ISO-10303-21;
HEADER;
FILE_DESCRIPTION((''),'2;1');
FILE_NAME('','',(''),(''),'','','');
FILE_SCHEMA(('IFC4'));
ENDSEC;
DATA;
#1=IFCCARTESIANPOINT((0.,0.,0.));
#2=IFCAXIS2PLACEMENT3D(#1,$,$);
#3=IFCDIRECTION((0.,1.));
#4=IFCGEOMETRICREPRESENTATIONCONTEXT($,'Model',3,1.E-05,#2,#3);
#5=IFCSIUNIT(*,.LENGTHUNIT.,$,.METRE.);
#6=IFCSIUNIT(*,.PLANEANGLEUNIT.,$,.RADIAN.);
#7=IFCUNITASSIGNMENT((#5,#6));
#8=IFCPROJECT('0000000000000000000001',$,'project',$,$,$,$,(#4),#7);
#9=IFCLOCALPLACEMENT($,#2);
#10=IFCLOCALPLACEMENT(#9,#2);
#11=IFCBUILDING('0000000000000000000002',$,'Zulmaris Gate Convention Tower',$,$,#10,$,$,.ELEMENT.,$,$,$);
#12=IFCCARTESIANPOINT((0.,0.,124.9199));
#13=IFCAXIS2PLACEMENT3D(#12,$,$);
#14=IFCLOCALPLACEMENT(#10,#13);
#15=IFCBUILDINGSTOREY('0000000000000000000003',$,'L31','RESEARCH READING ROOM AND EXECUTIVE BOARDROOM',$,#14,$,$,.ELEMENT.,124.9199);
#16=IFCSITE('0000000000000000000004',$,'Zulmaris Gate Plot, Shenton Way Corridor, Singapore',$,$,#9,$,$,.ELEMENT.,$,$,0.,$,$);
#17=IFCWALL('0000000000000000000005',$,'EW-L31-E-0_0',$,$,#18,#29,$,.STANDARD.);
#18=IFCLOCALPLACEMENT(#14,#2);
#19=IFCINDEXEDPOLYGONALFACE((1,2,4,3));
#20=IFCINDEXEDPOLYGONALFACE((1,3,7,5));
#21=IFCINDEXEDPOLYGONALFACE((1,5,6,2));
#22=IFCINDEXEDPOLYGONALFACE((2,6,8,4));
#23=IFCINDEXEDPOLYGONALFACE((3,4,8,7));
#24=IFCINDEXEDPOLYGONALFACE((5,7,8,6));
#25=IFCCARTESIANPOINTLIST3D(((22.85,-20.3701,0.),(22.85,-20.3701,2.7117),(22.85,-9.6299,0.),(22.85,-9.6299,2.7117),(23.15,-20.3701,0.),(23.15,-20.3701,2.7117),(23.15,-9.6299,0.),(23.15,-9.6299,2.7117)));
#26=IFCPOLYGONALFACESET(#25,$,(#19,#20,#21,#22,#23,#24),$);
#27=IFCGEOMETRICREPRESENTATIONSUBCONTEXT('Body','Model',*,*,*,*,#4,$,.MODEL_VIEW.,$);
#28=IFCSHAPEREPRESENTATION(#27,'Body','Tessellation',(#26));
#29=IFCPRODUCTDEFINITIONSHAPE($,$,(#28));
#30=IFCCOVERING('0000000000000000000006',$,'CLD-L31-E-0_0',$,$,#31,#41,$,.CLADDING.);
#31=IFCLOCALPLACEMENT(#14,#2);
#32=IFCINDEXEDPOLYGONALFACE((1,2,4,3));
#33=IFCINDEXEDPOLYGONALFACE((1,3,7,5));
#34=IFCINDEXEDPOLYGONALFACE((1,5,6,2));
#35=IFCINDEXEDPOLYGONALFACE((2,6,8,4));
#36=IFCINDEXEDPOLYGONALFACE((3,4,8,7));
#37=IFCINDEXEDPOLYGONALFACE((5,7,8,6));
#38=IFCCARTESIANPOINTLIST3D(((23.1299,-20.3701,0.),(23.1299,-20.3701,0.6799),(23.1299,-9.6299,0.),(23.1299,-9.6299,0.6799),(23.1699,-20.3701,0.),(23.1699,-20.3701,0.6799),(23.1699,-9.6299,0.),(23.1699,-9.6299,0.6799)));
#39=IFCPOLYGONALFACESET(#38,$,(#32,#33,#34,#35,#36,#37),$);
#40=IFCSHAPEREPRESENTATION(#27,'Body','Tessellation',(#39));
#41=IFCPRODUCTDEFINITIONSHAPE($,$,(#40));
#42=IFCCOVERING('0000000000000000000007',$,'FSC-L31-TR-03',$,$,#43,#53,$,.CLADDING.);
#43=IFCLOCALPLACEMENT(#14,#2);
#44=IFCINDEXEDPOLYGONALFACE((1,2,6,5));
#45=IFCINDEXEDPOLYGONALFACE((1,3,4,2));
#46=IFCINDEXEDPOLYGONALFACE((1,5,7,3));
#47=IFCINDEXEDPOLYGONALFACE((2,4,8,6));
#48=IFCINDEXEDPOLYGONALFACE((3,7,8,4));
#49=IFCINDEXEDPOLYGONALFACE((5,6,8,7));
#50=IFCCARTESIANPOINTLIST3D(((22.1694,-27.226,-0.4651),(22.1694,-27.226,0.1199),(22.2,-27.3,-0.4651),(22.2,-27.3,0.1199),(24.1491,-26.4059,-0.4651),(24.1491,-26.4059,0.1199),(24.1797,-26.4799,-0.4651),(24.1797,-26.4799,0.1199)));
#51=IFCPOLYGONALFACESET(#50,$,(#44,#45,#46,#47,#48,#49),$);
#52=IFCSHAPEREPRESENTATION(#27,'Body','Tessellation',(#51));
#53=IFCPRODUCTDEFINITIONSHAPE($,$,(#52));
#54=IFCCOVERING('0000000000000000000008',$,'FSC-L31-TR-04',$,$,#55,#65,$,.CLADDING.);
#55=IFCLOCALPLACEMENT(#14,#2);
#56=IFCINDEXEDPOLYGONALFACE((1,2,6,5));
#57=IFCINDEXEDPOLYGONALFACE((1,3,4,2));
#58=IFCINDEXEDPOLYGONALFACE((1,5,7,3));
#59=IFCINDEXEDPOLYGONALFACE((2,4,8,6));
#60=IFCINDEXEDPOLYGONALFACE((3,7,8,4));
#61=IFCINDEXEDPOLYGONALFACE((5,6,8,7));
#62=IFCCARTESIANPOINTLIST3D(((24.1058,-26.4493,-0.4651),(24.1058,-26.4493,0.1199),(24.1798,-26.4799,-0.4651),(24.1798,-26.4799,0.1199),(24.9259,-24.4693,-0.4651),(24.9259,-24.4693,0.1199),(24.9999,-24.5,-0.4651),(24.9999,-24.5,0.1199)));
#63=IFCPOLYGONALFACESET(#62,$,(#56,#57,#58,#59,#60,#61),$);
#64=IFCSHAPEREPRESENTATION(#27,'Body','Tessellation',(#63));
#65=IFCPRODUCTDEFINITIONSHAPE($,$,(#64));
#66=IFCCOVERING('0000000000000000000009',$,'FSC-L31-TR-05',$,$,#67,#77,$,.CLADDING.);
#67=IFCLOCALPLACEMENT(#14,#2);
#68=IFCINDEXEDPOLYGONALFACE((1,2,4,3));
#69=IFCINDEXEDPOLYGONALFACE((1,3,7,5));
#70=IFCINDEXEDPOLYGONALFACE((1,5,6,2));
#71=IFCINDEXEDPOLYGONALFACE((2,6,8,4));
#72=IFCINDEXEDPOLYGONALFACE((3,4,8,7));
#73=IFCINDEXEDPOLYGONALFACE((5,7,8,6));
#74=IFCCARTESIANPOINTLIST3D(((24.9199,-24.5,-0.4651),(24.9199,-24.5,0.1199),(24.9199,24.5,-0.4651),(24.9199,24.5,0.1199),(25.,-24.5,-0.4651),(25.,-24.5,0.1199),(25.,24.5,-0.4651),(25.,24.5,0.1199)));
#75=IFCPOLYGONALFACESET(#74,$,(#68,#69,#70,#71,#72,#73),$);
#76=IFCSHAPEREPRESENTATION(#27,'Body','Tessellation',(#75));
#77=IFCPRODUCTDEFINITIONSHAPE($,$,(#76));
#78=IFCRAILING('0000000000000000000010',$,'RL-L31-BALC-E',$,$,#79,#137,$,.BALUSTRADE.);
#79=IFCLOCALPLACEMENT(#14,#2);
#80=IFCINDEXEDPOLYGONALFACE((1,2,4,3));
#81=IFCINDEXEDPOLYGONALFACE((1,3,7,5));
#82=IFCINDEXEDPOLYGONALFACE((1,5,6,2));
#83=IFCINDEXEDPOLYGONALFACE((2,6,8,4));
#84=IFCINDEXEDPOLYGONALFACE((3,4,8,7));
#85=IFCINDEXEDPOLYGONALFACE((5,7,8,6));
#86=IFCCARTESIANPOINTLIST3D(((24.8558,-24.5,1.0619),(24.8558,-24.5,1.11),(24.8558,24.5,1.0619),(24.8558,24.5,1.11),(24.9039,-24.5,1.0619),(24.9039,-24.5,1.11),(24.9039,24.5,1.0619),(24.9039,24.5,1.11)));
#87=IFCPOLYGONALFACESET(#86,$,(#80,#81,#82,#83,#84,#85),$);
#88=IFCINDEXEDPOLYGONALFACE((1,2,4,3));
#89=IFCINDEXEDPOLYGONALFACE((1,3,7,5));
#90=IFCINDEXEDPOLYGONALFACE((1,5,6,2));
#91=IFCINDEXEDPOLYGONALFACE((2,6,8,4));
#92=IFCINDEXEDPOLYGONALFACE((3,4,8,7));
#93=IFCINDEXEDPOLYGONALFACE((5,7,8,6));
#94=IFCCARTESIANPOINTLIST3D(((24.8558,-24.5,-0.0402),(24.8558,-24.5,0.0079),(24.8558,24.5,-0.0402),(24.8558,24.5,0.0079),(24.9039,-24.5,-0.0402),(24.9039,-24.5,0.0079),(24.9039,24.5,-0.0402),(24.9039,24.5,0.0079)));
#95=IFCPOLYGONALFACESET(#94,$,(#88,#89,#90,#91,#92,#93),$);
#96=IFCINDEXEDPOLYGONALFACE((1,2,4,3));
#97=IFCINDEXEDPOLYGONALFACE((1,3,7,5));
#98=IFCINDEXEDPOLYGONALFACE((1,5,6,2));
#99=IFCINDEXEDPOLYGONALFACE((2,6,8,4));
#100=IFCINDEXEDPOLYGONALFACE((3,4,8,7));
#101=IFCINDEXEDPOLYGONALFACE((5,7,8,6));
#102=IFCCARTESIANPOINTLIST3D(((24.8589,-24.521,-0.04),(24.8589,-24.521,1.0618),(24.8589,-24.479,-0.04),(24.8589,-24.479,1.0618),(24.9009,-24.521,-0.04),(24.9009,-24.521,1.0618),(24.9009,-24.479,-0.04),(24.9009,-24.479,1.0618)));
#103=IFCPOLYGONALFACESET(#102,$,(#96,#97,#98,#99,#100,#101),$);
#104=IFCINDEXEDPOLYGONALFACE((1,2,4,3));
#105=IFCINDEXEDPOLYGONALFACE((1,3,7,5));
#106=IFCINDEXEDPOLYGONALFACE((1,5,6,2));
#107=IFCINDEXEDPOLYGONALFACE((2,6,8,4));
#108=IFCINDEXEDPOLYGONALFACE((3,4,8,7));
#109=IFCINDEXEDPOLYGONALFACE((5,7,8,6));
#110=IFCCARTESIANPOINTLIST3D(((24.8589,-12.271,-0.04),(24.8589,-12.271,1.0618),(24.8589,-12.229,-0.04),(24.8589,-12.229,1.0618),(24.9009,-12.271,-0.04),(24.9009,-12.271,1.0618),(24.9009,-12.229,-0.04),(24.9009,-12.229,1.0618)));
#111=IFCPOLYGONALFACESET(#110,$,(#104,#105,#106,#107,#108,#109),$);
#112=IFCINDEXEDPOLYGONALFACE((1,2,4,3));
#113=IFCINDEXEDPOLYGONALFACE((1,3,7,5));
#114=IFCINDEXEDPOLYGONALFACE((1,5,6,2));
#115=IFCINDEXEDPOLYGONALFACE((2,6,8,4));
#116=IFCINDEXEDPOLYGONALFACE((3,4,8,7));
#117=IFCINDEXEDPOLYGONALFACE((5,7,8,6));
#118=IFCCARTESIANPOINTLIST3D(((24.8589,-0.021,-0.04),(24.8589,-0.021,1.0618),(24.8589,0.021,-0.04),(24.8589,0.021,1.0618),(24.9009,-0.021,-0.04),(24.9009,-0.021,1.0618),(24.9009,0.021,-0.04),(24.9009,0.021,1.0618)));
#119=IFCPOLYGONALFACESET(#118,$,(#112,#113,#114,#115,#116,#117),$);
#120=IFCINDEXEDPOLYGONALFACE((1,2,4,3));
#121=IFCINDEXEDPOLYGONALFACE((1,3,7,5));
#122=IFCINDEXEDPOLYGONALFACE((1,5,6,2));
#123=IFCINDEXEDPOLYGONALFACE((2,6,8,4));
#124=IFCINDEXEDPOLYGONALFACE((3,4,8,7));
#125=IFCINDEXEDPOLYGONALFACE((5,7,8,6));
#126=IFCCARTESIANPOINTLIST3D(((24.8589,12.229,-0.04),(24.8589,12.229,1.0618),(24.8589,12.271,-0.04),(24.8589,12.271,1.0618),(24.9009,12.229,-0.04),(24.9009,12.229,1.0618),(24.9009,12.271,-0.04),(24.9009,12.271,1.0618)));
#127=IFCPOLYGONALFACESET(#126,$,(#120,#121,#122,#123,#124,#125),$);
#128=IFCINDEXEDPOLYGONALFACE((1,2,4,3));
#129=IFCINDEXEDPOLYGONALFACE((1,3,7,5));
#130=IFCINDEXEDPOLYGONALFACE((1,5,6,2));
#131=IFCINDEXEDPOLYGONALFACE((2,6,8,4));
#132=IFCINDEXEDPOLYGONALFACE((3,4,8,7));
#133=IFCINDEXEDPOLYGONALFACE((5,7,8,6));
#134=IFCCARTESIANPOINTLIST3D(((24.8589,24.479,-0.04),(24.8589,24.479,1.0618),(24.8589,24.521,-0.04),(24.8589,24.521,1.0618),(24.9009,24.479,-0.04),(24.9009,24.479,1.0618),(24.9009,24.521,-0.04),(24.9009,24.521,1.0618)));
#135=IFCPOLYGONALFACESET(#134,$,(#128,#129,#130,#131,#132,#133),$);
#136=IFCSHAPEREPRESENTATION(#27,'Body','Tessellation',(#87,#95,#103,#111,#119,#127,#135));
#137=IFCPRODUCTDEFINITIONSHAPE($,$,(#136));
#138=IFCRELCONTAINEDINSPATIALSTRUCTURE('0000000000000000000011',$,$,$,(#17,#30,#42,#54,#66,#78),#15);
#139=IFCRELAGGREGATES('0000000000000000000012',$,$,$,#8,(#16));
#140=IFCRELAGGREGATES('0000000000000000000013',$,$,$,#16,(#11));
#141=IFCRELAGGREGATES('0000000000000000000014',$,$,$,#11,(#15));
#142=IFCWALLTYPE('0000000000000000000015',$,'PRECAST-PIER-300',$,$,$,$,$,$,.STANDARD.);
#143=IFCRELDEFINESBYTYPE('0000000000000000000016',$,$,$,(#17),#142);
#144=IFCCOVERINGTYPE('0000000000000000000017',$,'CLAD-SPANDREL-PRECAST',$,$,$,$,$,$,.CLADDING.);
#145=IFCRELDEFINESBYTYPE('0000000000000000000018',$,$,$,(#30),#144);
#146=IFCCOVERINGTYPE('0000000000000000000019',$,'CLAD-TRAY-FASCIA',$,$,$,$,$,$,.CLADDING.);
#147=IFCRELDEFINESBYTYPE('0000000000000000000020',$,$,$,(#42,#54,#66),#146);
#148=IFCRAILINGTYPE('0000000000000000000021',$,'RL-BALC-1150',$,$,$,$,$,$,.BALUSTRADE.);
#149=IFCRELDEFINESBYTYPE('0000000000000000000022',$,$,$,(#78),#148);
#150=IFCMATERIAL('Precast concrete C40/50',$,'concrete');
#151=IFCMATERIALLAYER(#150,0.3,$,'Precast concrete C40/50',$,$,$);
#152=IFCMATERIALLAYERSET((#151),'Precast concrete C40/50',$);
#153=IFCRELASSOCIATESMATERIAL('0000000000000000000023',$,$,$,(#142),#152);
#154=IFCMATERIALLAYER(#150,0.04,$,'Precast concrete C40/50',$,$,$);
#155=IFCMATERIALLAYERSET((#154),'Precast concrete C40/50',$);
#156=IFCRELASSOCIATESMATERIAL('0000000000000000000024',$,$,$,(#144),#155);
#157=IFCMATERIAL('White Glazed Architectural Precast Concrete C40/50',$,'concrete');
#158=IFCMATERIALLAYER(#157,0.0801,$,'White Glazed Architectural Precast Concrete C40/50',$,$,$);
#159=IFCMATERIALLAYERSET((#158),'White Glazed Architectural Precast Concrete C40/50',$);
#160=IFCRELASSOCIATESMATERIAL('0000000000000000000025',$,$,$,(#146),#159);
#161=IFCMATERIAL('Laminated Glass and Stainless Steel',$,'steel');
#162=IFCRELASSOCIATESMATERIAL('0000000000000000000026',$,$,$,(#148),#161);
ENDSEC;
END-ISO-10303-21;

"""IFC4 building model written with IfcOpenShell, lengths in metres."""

from ifc_helpers import new_model, si_unit, direction, frame, frame_2d, origin, origin_2d, place, context, subcontext, project, spatial, rectangle, extrude, material, layer, layer_set, type_object, element, save


model = new_model("IFC4")

# Units and contexts
model_context = context("Model", 3, precision=1e-05, world=origin(), true_north=direction((0.0, 1.0)))
body_context = subcontext(model_context, "Body", "Model", "MODEL_VIEW")
ifc_project = project(units=[si_unit("LENGTHUNIT", "METRE"), si_unit("PLANEANGLEUNIT", "RADIAN")], contexts=[model_context])

# Site, building, storey
site_placement = place(None, origin())
site = spatial("IfcSite", under=ifc_project, at=site_placement, Name="Zulmaris Gate Plot, Shenton Way Corridor, Singapore", CompositionType="ELEMENT", RefElevation=0.0)
building_placement = place(site_placement, origin())
building = spatial("IfcBuilding", under=site, at=building_placement, Name="Zulmaris Gate Convention Tower", CompositionType="ELEMENT")
storey_placement = place(building_placement, frame((0.0, 0.0, 124.9199)))
storey = spatial("IfcBuildingStorey", under=building, at=storey_placement, Name="L31", Description="RESEARCH READING ROOM AND EXECUTIVE BOARDROOM", CompositionType="ELEMENT", Elevation=124.9199)

# Shared definitions
ifc_material_1 = material(Name="Precast concrete C40/50", Category="concrete")
ifc_layer_1 = layer(ifc_material_1, 0.3, Name="Precast concrete C40/50")
ifc_layer_set_1 = layer_set([ifc_layer_1], Name="Precast concrete C40/50")
wall_type_1 = type_object("IfcWallType", Name="PRECAST-PIER-300", PredefinedType="STANDARD", material=ifc_layer_set_1)

# Wall
wall_1_placement = place(storey_placement, frame((23.0, -20.3701, 0.0), z_axis=(0.0, 0.0, 1.0), x_axis=(0.0, 1.0, 0.0)))
element("IfcWall", 1, at=wall_1_placement, inside=storey, type_object=wall_type_1, Name="EW-L31-E-0_0", PredefinedType="STANDARD", context=body_context, shape_type="SweptSolid", body=[
    extrude(rectangle(XDim=10.7402, YDim=0.3, at=frame_2d((5.3701, 0.0))), origin(), (0.0, 0.0, 1.0), 2.7117),
])

# Coverings
ifc_layer_2 = layer(ifc_material_1, 0.04, Name="Precast concrete C40/50")
ifc_layer_set_2 = layer_set([ifc_layer_2], Name="Precast concrete C40/50")
covering_type_1 = type_object("IfcCoveringType", Name="CLAD-SPANDREL-PRECAST", PredefinedType="CLADDING", material=ifc_layer_set_2)
covering_1_placement = place(storey_placement, frame((23.1499, -20.3701, 0.0), z_axis=(0.0, 0.0, 1.0), x_axis=(0.0, 1.0, 0.0)))
element("IfcCovering", 2, at=covering_1_placement, inside=storey, type_object=covering_type_1, Name="CLD-L31-E-0_0", PredefinedType="CLADDING", context=body_context, shape_type="SweptSolid", body=[
    extrude(rectangle(XDim=10.7402, YDim=0.04, at=frame_2d((5.3701, 0.0))), origin(), (0.0, 0.0, 1.0), 0.6799),
])
ifc_material_2 = material(Name="White Glazed Architectural Precast Concrete C40/50", Category="concrete")
ifc_layer_3 = layer(ifc_material_2, 0.0801, Name="White Glazed Architectural Precast Concrete C40/50")
ifc_layer_set_3 = layer_set([ifc_layer_3], Name="White Glazed Architectural Precast Concrete C40/50")
covering_type_2 = type_object("IfcCoveringType", Name="CLAD-TRAY-FASCIA", PredefinedType="CLADDING", material=ifc_layer_set_3)
covering_2_placement = place(storey_placement, frame((22.1848, -27.2629, -0.4651), z_axis=(0.0, 0.0, 1.0), x_axis=(0.923874, 0.382697, 0.0)))
element("IfcCovering", 3, at=covering_2_placement, inside=storey, type_object=covering_type_2, Name="FSC-L31-TR-03", PredefinedType="CLADDING", context=body_context, shape_type="SweptSolid", body=[
    extrude(rectangle(XDim=2.1428, YDim=0.0801, at=frame_2d((1.0713, 0.0))), origin(), (0.0, 0.0, 1.0), 0.585),
])
covering_3_placement = place(storey_placement, frame((24.1428, -26.4646, -0.4651), z_axis=(0.0, 0.0, 1.0), x_axis=(0.382657, 0.92389, 0.0)))
element("IfcCovering", 4, at=covering_3_placement, inside=storey, type_object=covering_type_2, Name="FSC-L31-TR-04", PredefinedType="CLADDING", context=body_context, shape_type="SweptSolid", body=[
    extrude(rectangle(XDim=2.1431, YDim=0.0801, at=frame_2d((1.0715, 0.0))), origin(), (0.0, 0.0, 1.0), 0.585),
])
covering_4_placement = place(storey_placement, frame((24.96, -24.5, -0.4651), z_axis=(0.0, 0.0, 1.0), x_axis=(0.0, 1.0, 0.0)))
element("IfcCovering", 5, at=covering_4_placement, inside=storey, type_object=covering_type_2, Name="FSC-L31-TR-05", PredefinedType="CLADDING", context=body_context, shape_type="SweptSolid", body=[
    extrude(rectangle(XDim=49.0, YDim=0.0801, at=frame_2d((24.5, 0.0))), origin(), (0.0, 0.0, 1.0), 0.585),
])

# Railing
ifc_material_3 = material(Name="Laminated Glass and Stainless Steel", Category="steel")
railing_type = type_object("IfcRailingType", Name="RL-BALC-1150", PredefinedType="BALUSTRADE", material=ifc_material_3)
railing_placement = place(storey_placement, frame((24.8799, -24.5, -0.04)))
element("IfcRailing", 6, at=railing_placement, inside=storey, type_object=railing_type, Name="RL-L31-BALC-E", PredefinedType="BALUSTRADE", context=body_context, shape_type="SweptSolid", body=[
    extrude(rectangle(XDim=0.0481, YDim=0.0481, at=origin_2d()), frame((0.0, 0.0, 1.126), z_axis=(0.0, 1.0, 0.0), x_axis=(-1.0, 0.0, 0.0)), (0.0, 0.0, 1.0), 49.0),
    extrude(rectangle(XDim=0.0481, YDim=0.0481, at=origin_2d()), frame((0.0, 0.0, 0.0239), z_axis=(0.0, 1.0, 0.0), x_axis=(-1.0, 0.0, 0.0)), (0.0, 0.0, 1.0), 49.0),
    extrude(rectangle(XDim=0.042, YDim=0.042, at=origin_2d()), origin(), (0.0, 0.0, 1.0), 1.1018),
    extrude(rectangle(XDim=0.042, YDim=0.042, at=origin_2d()), frame((0.0, 12.25, 0.0)), (0.0, 0.0, 1.0), 1.1018),
    extrude(rectangle(XDim=0.042, YDim=0.042, at=origin_2d()), frame((0.0, 24.5, 0.0)), (0.0, 0.0, 1.0), 1.1018),
    extrude(rectangle(XDim=0.042, YDim=0.042, at=origin_2d()), frame((0.0, 36.75, 0.0)), (0.0, 0.0, 1.0), 1.1018),
    extrude(rectangle(XDim=0.042, YDim=0.042, at=origin_2d()), frame((0.0, 49.0, 0.0)), (0.0, 0.0, 1.0), 1.1018),
])

save(model, "model.ifc")
